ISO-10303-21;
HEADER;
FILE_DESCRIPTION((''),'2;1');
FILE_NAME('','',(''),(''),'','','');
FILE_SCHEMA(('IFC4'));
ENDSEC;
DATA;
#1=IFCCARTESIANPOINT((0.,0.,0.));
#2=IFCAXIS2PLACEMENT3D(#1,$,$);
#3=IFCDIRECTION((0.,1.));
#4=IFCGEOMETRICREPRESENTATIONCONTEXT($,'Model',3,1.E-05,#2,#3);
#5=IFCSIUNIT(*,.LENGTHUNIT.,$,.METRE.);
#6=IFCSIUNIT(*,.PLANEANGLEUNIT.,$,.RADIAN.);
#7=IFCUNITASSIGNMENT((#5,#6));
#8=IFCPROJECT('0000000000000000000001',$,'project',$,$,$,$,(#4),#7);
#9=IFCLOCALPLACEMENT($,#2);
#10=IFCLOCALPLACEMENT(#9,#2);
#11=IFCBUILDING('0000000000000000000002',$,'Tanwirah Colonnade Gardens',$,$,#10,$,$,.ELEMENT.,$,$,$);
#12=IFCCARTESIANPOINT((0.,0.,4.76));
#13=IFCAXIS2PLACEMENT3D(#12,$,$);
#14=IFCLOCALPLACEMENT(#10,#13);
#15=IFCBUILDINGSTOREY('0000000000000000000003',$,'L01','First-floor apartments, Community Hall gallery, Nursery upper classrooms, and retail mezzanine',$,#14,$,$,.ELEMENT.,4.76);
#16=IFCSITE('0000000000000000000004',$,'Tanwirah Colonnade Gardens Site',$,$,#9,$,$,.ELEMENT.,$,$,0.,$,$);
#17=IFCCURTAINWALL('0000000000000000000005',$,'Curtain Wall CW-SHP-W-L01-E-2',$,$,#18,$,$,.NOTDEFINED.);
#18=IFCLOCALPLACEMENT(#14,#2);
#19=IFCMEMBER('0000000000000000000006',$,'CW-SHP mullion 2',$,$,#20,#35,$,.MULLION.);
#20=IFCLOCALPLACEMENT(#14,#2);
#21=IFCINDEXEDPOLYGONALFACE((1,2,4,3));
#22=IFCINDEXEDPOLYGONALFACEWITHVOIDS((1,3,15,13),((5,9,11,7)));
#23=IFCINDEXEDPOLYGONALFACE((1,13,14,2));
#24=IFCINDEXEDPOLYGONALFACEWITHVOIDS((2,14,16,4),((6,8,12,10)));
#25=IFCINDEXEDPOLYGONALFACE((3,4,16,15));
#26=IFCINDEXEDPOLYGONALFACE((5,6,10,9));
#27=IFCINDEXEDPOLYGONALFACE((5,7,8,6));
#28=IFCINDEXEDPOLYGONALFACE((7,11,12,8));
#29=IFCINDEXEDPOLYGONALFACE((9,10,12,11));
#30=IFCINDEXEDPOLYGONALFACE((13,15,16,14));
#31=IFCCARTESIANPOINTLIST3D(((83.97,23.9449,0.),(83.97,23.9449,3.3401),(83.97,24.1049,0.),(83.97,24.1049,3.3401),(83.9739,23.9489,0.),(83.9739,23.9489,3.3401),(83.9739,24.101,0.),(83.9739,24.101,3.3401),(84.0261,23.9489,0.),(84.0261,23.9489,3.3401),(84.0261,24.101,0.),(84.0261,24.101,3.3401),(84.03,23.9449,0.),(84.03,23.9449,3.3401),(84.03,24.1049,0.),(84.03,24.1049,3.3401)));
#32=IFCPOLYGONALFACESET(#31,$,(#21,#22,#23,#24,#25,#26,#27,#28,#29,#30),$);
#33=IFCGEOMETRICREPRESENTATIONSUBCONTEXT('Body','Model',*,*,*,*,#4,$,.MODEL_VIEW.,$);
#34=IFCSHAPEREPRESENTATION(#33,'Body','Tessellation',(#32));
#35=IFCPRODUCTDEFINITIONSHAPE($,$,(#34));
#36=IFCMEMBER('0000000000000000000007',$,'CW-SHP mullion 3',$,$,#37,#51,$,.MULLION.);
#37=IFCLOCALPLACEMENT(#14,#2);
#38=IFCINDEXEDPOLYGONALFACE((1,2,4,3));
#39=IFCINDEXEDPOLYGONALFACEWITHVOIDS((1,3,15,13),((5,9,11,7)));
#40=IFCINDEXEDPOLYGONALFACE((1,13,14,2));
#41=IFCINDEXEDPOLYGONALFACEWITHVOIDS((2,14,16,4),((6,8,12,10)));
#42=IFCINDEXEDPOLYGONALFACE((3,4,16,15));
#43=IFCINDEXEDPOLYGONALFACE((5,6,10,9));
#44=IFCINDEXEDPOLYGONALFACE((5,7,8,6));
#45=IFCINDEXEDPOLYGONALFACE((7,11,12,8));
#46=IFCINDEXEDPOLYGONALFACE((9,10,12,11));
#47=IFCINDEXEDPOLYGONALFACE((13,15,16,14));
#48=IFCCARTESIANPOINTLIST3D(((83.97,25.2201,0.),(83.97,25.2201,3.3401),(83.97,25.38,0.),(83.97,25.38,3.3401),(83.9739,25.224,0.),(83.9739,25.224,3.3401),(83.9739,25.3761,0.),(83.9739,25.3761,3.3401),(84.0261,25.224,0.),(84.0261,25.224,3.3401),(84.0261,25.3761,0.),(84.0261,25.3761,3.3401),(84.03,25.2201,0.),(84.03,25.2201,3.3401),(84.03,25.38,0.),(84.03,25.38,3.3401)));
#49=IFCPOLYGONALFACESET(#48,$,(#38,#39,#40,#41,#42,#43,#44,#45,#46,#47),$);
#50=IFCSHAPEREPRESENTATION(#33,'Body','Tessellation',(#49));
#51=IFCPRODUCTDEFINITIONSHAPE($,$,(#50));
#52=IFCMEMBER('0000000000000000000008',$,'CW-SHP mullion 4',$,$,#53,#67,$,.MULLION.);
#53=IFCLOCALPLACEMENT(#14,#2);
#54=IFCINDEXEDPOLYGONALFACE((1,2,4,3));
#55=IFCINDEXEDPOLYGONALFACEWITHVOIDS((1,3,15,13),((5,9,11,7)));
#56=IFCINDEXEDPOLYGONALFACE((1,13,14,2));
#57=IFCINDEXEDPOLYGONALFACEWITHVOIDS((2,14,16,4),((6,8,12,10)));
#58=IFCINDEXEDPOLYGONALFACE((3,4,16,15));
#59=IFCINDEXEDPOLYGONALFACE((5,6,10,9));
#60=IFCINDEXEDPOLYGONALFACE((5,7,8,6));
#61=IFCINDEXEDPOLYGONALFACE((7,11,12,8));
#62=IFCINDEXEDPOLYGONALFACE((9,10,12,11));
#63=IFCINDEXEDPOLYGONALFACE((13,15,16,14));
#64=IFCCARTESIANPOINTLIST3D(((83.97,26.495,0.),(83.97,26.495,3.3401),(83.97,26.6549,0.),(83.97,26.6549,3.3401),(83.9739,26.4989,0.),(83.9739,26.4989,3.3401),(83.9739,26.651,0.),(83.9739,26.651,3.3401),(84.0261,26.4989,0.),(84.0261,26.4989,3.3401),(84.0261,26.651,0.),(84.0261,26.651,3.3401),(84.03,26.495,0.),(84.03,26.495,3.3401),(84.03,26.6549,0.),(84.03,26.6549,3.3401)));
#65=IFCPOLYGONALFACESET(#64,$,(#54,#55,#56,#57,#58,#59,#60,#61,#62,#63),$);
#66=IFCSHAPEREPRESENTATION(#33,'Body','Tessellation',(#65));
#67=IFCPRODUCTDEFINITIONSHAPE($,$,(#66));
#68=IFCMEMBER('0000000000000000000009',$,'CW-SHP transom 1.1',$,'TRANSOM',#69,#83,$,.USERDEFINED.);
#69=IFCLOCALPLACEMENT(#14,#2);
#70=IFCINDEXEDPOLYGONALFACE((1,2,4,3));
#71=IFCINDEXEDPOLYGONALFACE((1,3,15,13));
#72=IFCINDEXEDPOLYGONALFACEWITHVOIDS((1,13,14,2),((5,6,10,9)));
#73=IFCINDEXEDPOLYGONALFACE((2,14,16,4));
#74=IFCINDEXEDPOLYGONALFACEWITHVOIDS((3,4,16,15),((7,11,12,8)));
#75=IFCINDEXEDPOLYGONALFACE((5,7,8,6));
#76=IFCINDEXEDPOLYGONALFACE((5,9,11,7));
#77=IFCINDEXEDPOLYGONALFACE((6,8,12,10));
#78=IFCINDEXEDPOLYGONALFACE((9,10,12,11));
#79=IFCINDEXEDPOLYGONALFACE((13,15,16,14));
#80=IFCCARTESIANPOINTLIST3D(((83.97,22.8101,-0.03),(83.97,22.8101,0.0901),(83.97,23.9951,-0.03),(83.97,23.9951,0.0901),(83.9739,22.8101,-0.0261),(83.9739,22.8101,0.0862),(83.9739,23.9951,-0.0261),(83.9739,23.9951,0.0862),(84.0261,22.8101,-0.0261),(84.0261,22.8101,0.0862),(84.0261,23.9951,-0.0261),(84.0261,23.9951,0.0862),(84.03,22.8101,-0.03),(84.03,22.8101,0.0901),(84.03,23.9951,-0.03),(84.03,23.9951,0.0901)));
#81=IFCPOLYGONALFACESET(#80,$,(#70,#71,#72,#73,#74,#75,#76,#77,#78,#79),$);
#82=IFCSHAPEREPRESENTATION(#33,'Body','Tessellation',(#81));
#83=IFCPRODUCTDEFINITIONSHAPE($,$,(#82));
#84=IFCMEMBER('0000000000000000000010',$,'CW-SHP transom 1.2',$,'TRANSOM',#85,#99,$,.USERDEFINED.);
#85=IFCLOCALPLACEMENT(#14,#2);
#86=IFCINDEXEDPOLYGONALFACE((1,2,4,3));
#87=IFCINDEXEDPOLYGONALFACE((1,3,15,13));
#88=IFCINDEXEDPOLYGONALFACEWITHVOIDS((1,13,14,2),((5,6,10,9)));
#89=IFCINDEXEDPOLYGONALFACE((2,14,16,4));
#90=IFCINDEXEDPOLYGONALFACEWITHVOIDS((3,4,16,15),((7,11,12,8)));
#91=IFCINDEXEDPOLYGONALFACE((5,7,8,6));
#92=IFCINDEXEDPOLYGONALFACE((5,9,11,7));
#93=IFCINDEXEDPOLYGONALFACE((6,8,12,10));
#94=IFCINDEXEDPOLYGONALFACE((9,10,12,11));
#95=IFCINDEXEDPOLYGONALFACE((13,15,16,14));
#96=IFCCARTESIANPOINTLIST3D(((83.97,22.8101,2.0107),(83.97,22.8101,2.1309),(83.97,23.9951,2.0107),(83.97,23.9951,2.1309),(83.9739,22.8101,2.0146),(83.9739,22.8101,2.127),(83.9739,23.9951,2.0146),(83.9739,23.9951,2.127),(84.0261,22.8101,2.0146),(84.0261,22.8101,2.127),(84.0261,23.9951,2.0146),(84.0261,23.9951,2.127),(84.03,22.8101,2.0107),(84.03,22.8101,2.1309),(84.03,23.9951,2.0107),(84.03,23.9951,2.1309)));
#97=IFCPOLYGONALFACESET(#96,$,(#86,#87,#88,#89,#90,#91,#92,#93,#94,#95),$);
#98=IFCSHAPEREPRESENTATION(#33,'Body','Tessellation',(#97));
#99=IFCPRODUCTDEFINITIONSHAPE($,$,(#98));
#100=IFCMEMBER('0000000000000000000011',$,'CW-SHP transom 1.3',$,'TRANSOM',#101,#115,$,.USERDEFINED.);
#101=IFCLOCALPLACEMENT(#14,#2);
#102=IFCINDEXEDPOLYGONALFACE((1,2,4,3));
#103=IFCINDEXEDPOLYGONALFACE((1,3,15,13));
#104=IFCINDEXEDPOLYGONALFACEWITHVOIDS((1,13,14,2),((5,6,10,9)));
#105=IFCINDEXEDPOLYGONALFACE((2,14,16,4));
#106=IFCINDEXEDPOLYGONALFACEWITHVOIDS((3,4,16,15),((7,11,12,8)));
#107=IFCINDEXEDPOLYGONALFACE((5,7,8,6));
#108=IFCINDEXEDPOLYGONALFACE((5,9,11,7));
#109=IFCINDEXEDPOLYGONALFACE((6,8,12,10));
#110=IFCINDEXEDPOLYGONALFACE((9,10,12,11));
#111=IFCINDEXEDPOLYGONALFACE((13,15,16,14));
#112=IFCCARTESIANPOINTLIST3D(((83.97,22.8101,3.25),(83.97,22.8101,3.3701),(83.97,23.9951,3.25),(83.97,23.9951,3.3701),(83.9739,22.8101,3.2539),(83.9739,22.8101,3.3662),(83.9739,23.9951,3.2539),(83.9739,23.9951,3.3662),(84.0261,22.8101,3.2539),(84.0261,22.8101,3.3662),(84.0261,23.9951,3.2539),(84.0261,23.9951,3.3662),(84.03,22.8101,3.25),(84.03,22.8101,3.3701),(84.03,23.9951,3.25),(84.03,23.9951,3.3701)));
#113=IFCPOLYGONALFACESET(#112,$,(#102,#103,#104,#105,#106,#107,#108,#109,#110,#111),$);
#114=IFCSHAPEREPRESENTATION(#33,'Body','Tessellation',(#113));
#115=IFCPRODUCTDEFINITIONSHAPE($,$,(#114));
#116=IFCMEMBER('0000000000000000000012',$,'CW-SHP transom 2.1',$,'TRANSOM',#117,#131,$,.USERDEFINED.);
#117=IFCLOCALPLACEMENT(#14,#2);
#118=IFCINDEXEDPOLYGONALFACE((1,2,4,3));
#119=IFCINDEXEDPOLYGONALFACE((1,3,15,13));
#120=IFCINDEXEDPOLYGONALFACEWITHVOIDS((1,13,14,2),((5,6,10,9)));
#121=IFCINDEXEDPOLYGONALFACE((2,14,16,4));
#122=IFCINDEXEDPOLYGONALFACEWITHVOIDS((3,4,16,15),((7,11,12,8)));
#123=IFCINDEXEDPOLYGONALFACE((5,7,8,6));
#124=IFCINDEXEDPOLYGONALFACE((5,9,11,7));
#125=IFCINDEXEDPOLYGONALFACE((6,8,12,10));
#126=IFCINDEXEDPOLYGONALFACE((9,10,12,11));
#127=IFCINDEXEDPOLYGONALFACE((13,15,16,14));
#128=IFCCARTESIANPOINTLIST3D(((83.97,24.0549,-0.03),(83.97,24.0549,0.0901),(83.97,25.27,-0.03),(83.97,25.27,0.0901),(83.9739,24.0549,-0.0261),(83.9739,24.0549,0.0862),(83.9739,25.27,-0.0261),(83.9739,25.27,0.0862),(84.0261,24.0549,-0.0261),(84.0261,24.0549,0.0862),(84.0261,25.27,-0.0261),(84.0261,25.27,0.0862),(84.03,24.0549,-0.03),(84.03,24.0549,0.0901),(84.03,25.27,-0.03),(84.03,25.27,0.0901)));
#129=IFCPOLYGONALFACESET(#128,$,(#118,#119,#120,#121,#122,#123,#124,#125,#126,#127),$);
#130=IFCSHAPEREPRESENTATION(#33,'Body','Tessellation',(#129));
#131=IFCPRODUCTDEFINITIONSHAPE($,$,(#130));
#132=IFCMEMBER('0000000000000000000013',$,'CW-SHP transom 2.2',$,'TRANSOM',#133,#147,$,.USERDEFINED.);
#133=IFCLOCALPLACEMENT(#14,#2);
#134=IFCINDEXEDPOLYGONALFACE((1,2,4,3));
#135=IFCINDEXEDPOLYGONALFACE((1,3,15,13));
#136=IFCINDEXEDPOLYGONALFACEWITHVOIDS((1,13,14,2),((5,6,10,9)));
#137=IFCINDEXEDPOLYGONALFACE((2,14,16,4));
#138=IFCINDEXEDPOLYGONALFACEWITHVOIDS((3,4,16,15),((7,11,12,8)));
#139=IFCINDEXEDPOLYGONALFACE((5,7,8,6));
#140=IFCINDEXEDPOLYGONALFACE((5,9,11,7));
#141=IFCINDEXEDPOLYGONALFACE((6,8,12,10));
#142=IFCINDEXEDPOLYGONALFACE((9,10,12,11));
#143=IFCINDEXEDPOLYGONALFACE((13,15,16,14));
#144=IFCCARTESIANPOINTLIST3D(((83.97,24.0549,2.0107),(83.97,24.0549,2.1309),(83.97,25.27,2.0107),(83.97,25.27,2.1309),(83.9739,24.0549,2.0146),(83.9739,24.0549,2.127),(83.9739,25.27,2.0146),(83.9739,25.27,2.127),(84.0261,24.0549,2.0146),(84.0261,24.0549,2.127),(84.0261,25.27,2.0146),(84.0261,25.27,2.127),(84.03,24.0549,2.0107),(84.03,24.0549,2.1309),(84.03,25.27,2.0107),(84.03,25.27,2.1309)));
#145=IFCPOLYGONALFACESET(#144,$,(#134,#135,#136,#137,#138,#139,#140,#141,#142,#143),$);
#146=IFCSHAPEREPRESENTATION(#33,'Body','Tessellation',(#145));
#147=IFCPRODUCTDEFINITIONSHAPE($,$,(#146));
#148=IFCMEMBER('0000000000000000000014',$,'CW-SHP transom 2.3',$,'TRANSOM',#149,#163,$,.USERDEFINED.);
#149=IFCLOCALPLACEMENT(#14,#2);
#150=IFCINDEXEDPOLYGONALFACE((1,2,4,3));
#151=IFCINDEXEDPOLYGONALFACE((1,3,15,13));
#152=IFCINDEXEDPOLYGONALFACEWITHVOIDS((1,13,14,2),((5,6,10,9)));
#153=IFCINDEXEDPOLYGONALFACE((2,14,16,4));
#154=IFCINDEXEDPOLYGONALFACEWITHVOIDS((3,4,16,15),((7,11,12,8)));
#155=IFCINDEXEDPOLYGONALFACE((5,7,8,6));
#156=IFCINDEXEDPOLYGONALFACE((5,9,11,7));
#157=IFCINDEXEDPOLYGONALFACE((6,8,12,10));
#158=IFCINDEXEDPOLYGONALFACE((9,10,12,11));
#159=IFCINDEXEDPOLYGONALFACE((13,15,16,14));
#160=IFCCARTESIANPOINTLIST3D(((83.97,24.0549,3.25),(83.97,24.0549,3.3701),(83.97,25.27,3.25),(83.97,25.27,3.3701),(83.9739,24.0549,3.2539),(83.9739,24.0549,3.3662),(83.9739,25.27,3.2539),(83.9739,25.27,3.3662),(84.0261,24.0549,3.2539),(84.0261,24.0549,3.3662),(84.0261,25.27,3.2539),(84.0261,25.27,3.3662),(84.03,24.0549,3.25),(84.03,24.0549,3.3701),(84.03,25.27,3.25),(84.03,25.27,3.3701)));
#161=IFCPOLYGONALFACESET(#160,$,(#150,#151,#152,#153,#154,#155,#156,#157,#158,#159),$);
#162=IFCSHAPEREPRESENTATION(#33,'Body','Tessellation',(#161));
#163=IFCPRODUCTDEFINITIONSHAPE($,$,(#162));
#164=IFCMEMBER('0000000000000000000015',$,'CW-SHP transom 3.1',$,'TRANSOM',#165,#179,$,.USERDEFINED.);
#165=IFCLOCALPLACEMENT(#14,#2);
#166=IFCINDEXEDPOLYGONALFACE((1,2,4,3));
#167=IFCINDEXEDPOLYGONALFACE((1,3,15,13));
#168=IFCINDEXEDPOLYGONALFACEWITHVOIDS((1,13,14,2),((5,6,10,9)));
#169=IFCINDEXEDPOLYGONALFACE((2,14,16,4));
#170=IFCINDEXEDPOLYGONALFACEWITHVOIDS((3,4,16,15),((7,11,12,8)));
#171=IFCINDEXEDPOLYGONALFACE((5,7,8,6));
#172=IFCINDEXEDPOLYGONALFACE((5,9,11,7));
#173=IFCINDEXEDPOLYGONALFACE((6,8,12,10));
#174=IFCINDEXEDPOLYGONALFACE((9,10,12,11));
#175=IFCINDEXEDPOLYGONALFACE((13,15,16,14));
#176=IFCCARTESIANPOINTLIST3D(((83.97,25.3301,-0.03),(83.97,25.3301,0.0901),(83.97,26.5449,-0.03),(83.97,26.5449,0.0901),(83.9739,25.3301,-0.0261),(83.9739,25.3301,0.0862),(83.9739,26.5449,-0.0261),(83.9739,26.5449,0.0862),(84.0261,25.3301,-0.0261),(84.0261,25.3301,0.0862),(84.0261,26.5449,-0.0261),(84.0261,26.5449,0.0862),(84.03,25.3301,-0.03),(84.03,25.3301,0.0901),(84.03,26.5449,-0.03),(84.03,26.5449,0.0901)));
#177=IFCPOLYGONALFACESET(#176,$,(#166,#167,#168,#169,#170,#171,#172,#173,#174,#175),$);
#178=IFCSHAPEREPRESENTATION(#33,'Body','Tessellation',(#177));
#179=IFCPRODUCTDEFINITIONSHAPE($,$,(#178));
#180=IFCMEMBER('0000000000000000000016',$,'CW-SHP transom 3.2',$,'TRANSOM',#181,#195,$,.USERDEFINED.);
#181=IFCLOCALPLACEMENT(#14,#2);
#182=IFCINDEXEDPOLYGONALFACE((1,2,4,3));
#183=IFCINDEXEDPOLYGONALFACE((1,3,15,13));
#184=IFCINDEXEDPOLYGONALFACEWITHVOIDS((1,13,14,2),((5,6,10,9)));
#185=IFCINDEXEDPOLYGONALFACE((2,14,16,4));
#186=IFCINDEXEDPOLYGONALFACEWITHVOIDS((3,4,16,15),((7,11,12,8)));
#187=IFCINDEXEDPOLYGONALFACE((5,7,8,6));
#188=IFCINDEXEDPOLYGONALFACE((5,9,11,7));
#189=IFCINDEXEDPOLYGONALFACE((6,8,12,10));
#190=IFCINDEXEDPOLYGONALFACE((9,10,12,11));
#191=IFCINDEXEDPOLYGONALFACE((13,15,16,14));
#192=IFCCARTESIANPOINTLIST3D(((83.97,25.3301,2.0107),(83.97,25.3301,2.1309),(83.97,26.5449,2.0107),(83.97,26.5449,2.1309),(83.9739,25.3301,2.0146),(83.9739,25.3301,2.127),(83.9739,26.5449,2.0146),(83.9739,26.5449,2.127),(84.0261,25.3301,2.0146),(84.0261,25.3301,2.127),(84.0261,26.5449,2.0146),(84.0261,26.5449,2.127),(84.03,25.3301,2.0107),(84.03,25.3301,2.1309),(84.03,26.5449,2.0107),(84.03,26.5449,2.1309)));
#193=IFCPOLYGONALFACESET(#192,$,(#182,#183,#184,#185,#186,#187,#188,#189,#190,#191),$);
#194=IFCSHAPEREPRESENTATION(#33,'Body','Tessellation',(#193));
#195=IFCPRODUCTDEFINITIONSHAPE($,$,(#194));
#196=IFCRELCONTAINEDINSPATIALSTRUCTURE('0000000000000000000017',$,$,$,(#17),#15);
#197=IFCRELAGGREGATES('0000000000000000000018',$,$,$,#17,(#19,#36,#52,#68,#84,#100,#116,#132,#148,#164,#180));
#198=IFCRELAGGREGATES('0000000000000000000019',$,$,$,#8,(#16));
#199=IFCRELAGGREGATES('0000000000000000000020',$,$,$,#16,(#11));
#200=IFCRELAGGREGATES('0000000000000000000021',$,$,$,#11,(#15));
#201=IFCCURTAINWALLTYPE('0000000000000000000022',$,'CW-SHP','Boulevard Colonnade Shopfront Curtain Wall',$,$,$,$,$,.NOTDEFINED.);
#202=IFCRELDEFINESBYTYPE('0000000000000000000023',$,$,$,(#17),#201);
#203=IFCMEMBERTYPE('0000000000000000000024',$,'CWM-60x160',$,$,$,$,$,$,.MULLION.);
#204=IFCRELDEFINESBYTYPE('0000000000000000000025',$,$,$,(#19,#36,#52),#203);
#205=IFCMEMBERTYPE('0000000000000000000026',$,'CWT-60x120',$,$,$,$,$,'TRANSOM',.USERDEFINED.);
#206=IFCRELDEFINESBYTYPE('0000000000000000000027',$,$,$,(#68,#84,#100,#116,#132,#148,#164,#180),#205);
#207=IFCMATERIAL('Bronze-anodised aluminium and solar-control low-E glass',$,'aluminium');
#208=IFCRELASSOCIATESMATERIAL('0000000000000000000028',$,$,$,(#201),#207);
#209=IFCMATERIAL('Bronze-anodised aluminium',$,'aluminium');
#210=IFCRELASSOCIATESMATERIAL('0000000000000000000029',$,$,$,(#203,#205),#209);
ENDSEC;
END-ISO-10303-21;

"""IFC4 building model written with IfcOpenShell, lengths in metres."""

from ifc_helpers import new_model, si_unit, direction, frame, origin, origin_2d, place, context, subcontext, project, spatial, hollow_rectangle, extrude, material, material_profile, profile_set, type_object, element, aggregate, save


model = new_model("IFC4")

# Units and contexts
model_context = context("Model", 3, precision=1e-05, world=origin(), true_north=direction((0.0, 1.0)))
body_context = subcontext(model_context, "Body", "Model", "MODEL_VIEW")
ifc_project = project(units=[si_unit("LENGTHUNIT", "METRE"), si_unit("PLANEANGLEUNIT", "RADIAN")], contexts=[model_context])

# Site, building, storey
site_placement = place(None, origin())
site = spatial("IfcSite", under=ifc_project, at=site_placement, Name="Tanwirah Colonnade Gardens Site", CompositionType="ELEMENT", RefElevation=0.0)
building_placement = place(site_placement, origin())
building = spatial("IfcBuilding", under=site, at=building_placement, Name="Tanwirah Colonnade Gardens", CompositionType="ELEMENT")
storey_placement = place(building_placement, frame((0.0, 0.0, 4.76)))
storey = spatial("IfcBuildingStorey", under=building, at=storey_placement, Name="L01", Description="First-floor apartments, Community Hall gallery, Nursery upper classrooms, and retail mezzanine", CompositionType="ELEMENT", Elevation=4.76)

# Curtain wall, members
ifc_material_1 = material(Name="Bronze-anodised aluminium and solar-control low-E glass", Category="aluminium")
curtain_wall_type = type_object("IfcCurtainWallType", Name="CW-SHP", Description="Boulevard Colonnade Shopfront Curtain Wall", PredefinedType="NOTDEFINED", material=ifc_material_1)
curtain_wall_placement = place(storey_placement, origin())
curtain_wall = element("IfcCurtainWall", 1, at=curtain_wall_placement, inside=storey, type_object=curtain_wall_type, Name="Curtain Wall CW-SHP-W-L01-E-2", PredefinedType="NOTDEFINED")
ifc_material_2 = material(Name="Bronze-anodised aluminium", Category="aluminium")
ifc_material_profile_1 = material_profile(ifc_material_2, hollow_rectangle(XDim=0.0601, YDim=0.1599, WallThickness=0.0039, at=origin_2d()), Name="CW-MUL 60x160x4")
ifc_profile_set_1 = profile_set([ifc_material_profile_1], Name="Bronze-anodised aluminium")
member_type_1 = type_object("IfcMemberType", Name="CWM-60x160", PredefinedType="MULLION", material=ifc_profile_set_1)
member_1_placement = place(storey_placement, frame((84.0, 24.0249, 0.0), z_axis=(0.0, 0.0, 1.0), x_axis=(-1.0, 0.0, 0.0)))
member_1 = element("IfcMember", 2, at=member_1_placement, type_object=member_type_1, Name="CW-SHP mullion 2", PredefinedType="MULLION", context=body_context, shape_type="SweptSolid", body=[
    extrude(hollow_rectangle(XDim=0.0601, YDim=0.1599, WallThickness=0.0039, at=origin_2d()), origin(), (0.0, 0.0, 1.0), 3.3401),
])
member_2_placement = place(storey_placement, frame((84.0, 25.3, 0.0), z_axis=(0.0, 0.0, 1.0), x_axis=(-1.0, 0.0, 0.0)))
member_2 = element("IfcMember", 3, at=member_2_placement, type_object=member_type_1, Name="CW-SHP mullion 3", PredefinedType="MULLION", context=body_context, shape_type="SweptSolid", body=[
    extrude(hollow_rectangle(XDim=0.0601, YDim=0.1599, WallThickness=0.0039, at=origin_2d()), origin(), (0.0, 0.0, 1.0), 3.3401),
])
member_3_placement = place(storey_placement, frame((84.0, 26.575, 0.0), z_axis=(0.0, 0.0, 1.0), x_axis=(-1.0, 0.0, 0.0)))
member_3 = element("IfcMember", 4, at=member_3_placement, type_object=member_type_1, Name="CW-SHP mullion 4", PredefinedType="MULLION", context=body_context, shape_type="SweptSolid", body=[
    extrude(hollow_rectangle(XDim=0.0601, YDim=0.1599, WallThickness=0.0039, at=origin_2d()), origin(), (0.0, 0.0, 1.0), 3.3401),
])
ifc_material_profile_2 = material_profile(ifc_material_2, hollow_rectangle(XDim=0.0601, YDim=0.1201, WallThickness=0.0039, at=origin_2d()), Name="CW-TRN 60x120x4")
ifc_profile_set_2 = profile_set([ifc_material_profile_2], Name="Bronze-anodised aluminium")
member_type_2 = type_object("IfcMemberType", Name="CWT-60x120", ElementType="TRANSOM", PredefinedType="USERDEFINED", material=ifc_profile_set_2)
member_4_placement = place(storey_placement, frame((84.0, 22.8101, 0.03), z_axis=(0.0, 1.0, 0.0), x_axis=(-1.0, 0.0, 0.0)))
member_4 = element("IfcMember", 5, at=member_4_placement, type_object=member_type_2, Name="CW-SHP transom 1.1", ObjectType="TRANSOM", PredefinedType="USERDEFINED", context=body_context, shape_type="SweptSolid", body=[
    extrude(hollow_rectangle(XDim=0.0601, YDim=0.1201, WallThickness=0.0039, at=origin_2d()), origin(), (0.0, 0.0, 1.0), 1.1851),
])
member_5_placement = place(storey_placement, frame((84.0, 22.8101, 2.0708), z_axis=(0.0, 1.0, 0.0), x_axis=(-1.0, 0.0, 0.0)))
member_5 = element("IfcMember", 6, at=member_5_placement, type_object=member_type_2, Name="CW-SHP transom 1.2", ObjectType="TRANSOM", PredefinedType="USERDEFINED", context=body_context, shape_type="SweptSolid", body=[
    extrude(hollow_rectangle(XDim=0.0601, YDim=0.1201, WallThickness=0.0039, at=origin_2d()), origin(), (0.0, 0.0, 1.0), 1.1851),
])
member_6_placement = place(storey_placement, frame((84.0, 22.8101, 3.3101), z_axis=(0.0, 1.0, 0.0), x_axis=(-1.0, 0.0, 0.0)))
member_6 = element("IfcMember", 7, at=member_6_placement, type_object=member_type_2, Name="CW-SHP transom 1.3", ObjectType="TRANSOM", PredefinedType="USERDEFINED", context=body_context, shape_type="SweptSolid", body=[
    extrude(hollow_rectangle(XDim=0.0601, YDim=0.1201, WallThickness=0.0039, at=origin_2d()), origin(), (0.0, 0.0, 1.0), 1.1851),
])
member_7_placement = place(storey_placement, frame((84.0, 24.0549, 0.03), z_axis=(0.0, 1.0, 0.0), x_axis=(-1.0, 0.0, 0.0)))
member_7 = element("IfcMember", 8, at=member_7_placement, type_object=member_type_2, Name="CW-SHP transom 2.1", ObjectType="TRANSOM", PredefinedType="USERDEFINED", context=body_context, shape_type="SweptSolid", body=[
    extrude(hollow_rectangle(XDim=0.0601, YDim=0.1201, WallThickness=0.0039, at=origin_2d()), origin(), (0.0, 0.0, 1.0), 1.2151),
])
member_8_placement = place(storey_placement, frame((84.0, 24.0549, 2.0708), z_axis=(0.0, 1.0, 0.0), x_axis=(-1.0, 0.0, 0.0)))
member_8 = element("IfcMember", 9, at=member_8_placement, type_object=member_type_2, Name="CW-SHP transom 2.2", ObjectType="TRANSOM", PredefinedType="USERDEFINED", context=body_context, shape_type="SweptSolid", body=[
    extrude(hollow_rectangle(XDim=0.0601, YDim=0.1201, WallThickness=0.0039, at=origin_2d()), origin(), (0.0, 0.0, 1.0), 1.2151),
])
member_9_placement = place(storey_placement, frame((84.0, 24.0549, 3.3101), z_axis=(0.0, 1.0, 0.0), x_axis=(-1.0, 0.0, 0.0)))
member_9 = element("IfcMember", 10, at=member_9_placement, type_object=member_type_2, Name="CW-SHP transom 2.3", ObjectType="TRANSOM", PredefinedType="USERDEFINED", context=body_context, shape_type="SweptSolid", body=[
    extrude(hollow_rectangle(XDim=0.0601, YDim=0.1201, WallThickness=0.0039, at=origin_2d()), origin(), (0.0, 0.0, 1.0), 1.2151),
])
member_10_placement = place(storey_placement, frame((84.0, 25.3301, 0.03), z_axis=(0.0, 1.0, 0.0), x_axis=(-1.0, 0.0, 0.0)))
member_10 = element("IfcMember", 11, at=member_10_placement, type_object=member_type_2, Name="CW-SHP transom 3.1", ObjectType="TRANSOM", PredefinedType="USERDEFINED", context=body_context, shape_type="SweptSolid", body=[
    extrude(hollow_rectangle(XDim=0.0601, YDim=0.1201, WallThickness=0.0039, at=origin_2d()), origin(), (0.0, 0.0, 1.0), 1.2148),
])
member_11_placement = place(storey_placement, frame((84.0, 25.3301, 2.0708), z_axis=(0.0, 1.0, 0.0), x_axis=(-1.0, 0.0, 0.0)))
member_11 = element("IfcMember", 12, at=member_11_placement, type_object=member_type_2, Name="CW-SHP transom 3.2", ObjectType="TRANSOM", PredefinedType="USERDEFINED", context=body_context, shape_type="SweptSolid", body=[
    extrude(hollow_rectangle(XDim=0.0601, YDim=0.1201, WallThickness=0.0039, at=origin_2d()), origin(), (0.0, 0.0, 1.0), 1.2148),
])
aggregate(curtain_wall, [member_1, member_2, member_3, member_4, member_5, member_6, member_7, member_8, member_9, member_10, member_11])

save(model, "model.ifc")
